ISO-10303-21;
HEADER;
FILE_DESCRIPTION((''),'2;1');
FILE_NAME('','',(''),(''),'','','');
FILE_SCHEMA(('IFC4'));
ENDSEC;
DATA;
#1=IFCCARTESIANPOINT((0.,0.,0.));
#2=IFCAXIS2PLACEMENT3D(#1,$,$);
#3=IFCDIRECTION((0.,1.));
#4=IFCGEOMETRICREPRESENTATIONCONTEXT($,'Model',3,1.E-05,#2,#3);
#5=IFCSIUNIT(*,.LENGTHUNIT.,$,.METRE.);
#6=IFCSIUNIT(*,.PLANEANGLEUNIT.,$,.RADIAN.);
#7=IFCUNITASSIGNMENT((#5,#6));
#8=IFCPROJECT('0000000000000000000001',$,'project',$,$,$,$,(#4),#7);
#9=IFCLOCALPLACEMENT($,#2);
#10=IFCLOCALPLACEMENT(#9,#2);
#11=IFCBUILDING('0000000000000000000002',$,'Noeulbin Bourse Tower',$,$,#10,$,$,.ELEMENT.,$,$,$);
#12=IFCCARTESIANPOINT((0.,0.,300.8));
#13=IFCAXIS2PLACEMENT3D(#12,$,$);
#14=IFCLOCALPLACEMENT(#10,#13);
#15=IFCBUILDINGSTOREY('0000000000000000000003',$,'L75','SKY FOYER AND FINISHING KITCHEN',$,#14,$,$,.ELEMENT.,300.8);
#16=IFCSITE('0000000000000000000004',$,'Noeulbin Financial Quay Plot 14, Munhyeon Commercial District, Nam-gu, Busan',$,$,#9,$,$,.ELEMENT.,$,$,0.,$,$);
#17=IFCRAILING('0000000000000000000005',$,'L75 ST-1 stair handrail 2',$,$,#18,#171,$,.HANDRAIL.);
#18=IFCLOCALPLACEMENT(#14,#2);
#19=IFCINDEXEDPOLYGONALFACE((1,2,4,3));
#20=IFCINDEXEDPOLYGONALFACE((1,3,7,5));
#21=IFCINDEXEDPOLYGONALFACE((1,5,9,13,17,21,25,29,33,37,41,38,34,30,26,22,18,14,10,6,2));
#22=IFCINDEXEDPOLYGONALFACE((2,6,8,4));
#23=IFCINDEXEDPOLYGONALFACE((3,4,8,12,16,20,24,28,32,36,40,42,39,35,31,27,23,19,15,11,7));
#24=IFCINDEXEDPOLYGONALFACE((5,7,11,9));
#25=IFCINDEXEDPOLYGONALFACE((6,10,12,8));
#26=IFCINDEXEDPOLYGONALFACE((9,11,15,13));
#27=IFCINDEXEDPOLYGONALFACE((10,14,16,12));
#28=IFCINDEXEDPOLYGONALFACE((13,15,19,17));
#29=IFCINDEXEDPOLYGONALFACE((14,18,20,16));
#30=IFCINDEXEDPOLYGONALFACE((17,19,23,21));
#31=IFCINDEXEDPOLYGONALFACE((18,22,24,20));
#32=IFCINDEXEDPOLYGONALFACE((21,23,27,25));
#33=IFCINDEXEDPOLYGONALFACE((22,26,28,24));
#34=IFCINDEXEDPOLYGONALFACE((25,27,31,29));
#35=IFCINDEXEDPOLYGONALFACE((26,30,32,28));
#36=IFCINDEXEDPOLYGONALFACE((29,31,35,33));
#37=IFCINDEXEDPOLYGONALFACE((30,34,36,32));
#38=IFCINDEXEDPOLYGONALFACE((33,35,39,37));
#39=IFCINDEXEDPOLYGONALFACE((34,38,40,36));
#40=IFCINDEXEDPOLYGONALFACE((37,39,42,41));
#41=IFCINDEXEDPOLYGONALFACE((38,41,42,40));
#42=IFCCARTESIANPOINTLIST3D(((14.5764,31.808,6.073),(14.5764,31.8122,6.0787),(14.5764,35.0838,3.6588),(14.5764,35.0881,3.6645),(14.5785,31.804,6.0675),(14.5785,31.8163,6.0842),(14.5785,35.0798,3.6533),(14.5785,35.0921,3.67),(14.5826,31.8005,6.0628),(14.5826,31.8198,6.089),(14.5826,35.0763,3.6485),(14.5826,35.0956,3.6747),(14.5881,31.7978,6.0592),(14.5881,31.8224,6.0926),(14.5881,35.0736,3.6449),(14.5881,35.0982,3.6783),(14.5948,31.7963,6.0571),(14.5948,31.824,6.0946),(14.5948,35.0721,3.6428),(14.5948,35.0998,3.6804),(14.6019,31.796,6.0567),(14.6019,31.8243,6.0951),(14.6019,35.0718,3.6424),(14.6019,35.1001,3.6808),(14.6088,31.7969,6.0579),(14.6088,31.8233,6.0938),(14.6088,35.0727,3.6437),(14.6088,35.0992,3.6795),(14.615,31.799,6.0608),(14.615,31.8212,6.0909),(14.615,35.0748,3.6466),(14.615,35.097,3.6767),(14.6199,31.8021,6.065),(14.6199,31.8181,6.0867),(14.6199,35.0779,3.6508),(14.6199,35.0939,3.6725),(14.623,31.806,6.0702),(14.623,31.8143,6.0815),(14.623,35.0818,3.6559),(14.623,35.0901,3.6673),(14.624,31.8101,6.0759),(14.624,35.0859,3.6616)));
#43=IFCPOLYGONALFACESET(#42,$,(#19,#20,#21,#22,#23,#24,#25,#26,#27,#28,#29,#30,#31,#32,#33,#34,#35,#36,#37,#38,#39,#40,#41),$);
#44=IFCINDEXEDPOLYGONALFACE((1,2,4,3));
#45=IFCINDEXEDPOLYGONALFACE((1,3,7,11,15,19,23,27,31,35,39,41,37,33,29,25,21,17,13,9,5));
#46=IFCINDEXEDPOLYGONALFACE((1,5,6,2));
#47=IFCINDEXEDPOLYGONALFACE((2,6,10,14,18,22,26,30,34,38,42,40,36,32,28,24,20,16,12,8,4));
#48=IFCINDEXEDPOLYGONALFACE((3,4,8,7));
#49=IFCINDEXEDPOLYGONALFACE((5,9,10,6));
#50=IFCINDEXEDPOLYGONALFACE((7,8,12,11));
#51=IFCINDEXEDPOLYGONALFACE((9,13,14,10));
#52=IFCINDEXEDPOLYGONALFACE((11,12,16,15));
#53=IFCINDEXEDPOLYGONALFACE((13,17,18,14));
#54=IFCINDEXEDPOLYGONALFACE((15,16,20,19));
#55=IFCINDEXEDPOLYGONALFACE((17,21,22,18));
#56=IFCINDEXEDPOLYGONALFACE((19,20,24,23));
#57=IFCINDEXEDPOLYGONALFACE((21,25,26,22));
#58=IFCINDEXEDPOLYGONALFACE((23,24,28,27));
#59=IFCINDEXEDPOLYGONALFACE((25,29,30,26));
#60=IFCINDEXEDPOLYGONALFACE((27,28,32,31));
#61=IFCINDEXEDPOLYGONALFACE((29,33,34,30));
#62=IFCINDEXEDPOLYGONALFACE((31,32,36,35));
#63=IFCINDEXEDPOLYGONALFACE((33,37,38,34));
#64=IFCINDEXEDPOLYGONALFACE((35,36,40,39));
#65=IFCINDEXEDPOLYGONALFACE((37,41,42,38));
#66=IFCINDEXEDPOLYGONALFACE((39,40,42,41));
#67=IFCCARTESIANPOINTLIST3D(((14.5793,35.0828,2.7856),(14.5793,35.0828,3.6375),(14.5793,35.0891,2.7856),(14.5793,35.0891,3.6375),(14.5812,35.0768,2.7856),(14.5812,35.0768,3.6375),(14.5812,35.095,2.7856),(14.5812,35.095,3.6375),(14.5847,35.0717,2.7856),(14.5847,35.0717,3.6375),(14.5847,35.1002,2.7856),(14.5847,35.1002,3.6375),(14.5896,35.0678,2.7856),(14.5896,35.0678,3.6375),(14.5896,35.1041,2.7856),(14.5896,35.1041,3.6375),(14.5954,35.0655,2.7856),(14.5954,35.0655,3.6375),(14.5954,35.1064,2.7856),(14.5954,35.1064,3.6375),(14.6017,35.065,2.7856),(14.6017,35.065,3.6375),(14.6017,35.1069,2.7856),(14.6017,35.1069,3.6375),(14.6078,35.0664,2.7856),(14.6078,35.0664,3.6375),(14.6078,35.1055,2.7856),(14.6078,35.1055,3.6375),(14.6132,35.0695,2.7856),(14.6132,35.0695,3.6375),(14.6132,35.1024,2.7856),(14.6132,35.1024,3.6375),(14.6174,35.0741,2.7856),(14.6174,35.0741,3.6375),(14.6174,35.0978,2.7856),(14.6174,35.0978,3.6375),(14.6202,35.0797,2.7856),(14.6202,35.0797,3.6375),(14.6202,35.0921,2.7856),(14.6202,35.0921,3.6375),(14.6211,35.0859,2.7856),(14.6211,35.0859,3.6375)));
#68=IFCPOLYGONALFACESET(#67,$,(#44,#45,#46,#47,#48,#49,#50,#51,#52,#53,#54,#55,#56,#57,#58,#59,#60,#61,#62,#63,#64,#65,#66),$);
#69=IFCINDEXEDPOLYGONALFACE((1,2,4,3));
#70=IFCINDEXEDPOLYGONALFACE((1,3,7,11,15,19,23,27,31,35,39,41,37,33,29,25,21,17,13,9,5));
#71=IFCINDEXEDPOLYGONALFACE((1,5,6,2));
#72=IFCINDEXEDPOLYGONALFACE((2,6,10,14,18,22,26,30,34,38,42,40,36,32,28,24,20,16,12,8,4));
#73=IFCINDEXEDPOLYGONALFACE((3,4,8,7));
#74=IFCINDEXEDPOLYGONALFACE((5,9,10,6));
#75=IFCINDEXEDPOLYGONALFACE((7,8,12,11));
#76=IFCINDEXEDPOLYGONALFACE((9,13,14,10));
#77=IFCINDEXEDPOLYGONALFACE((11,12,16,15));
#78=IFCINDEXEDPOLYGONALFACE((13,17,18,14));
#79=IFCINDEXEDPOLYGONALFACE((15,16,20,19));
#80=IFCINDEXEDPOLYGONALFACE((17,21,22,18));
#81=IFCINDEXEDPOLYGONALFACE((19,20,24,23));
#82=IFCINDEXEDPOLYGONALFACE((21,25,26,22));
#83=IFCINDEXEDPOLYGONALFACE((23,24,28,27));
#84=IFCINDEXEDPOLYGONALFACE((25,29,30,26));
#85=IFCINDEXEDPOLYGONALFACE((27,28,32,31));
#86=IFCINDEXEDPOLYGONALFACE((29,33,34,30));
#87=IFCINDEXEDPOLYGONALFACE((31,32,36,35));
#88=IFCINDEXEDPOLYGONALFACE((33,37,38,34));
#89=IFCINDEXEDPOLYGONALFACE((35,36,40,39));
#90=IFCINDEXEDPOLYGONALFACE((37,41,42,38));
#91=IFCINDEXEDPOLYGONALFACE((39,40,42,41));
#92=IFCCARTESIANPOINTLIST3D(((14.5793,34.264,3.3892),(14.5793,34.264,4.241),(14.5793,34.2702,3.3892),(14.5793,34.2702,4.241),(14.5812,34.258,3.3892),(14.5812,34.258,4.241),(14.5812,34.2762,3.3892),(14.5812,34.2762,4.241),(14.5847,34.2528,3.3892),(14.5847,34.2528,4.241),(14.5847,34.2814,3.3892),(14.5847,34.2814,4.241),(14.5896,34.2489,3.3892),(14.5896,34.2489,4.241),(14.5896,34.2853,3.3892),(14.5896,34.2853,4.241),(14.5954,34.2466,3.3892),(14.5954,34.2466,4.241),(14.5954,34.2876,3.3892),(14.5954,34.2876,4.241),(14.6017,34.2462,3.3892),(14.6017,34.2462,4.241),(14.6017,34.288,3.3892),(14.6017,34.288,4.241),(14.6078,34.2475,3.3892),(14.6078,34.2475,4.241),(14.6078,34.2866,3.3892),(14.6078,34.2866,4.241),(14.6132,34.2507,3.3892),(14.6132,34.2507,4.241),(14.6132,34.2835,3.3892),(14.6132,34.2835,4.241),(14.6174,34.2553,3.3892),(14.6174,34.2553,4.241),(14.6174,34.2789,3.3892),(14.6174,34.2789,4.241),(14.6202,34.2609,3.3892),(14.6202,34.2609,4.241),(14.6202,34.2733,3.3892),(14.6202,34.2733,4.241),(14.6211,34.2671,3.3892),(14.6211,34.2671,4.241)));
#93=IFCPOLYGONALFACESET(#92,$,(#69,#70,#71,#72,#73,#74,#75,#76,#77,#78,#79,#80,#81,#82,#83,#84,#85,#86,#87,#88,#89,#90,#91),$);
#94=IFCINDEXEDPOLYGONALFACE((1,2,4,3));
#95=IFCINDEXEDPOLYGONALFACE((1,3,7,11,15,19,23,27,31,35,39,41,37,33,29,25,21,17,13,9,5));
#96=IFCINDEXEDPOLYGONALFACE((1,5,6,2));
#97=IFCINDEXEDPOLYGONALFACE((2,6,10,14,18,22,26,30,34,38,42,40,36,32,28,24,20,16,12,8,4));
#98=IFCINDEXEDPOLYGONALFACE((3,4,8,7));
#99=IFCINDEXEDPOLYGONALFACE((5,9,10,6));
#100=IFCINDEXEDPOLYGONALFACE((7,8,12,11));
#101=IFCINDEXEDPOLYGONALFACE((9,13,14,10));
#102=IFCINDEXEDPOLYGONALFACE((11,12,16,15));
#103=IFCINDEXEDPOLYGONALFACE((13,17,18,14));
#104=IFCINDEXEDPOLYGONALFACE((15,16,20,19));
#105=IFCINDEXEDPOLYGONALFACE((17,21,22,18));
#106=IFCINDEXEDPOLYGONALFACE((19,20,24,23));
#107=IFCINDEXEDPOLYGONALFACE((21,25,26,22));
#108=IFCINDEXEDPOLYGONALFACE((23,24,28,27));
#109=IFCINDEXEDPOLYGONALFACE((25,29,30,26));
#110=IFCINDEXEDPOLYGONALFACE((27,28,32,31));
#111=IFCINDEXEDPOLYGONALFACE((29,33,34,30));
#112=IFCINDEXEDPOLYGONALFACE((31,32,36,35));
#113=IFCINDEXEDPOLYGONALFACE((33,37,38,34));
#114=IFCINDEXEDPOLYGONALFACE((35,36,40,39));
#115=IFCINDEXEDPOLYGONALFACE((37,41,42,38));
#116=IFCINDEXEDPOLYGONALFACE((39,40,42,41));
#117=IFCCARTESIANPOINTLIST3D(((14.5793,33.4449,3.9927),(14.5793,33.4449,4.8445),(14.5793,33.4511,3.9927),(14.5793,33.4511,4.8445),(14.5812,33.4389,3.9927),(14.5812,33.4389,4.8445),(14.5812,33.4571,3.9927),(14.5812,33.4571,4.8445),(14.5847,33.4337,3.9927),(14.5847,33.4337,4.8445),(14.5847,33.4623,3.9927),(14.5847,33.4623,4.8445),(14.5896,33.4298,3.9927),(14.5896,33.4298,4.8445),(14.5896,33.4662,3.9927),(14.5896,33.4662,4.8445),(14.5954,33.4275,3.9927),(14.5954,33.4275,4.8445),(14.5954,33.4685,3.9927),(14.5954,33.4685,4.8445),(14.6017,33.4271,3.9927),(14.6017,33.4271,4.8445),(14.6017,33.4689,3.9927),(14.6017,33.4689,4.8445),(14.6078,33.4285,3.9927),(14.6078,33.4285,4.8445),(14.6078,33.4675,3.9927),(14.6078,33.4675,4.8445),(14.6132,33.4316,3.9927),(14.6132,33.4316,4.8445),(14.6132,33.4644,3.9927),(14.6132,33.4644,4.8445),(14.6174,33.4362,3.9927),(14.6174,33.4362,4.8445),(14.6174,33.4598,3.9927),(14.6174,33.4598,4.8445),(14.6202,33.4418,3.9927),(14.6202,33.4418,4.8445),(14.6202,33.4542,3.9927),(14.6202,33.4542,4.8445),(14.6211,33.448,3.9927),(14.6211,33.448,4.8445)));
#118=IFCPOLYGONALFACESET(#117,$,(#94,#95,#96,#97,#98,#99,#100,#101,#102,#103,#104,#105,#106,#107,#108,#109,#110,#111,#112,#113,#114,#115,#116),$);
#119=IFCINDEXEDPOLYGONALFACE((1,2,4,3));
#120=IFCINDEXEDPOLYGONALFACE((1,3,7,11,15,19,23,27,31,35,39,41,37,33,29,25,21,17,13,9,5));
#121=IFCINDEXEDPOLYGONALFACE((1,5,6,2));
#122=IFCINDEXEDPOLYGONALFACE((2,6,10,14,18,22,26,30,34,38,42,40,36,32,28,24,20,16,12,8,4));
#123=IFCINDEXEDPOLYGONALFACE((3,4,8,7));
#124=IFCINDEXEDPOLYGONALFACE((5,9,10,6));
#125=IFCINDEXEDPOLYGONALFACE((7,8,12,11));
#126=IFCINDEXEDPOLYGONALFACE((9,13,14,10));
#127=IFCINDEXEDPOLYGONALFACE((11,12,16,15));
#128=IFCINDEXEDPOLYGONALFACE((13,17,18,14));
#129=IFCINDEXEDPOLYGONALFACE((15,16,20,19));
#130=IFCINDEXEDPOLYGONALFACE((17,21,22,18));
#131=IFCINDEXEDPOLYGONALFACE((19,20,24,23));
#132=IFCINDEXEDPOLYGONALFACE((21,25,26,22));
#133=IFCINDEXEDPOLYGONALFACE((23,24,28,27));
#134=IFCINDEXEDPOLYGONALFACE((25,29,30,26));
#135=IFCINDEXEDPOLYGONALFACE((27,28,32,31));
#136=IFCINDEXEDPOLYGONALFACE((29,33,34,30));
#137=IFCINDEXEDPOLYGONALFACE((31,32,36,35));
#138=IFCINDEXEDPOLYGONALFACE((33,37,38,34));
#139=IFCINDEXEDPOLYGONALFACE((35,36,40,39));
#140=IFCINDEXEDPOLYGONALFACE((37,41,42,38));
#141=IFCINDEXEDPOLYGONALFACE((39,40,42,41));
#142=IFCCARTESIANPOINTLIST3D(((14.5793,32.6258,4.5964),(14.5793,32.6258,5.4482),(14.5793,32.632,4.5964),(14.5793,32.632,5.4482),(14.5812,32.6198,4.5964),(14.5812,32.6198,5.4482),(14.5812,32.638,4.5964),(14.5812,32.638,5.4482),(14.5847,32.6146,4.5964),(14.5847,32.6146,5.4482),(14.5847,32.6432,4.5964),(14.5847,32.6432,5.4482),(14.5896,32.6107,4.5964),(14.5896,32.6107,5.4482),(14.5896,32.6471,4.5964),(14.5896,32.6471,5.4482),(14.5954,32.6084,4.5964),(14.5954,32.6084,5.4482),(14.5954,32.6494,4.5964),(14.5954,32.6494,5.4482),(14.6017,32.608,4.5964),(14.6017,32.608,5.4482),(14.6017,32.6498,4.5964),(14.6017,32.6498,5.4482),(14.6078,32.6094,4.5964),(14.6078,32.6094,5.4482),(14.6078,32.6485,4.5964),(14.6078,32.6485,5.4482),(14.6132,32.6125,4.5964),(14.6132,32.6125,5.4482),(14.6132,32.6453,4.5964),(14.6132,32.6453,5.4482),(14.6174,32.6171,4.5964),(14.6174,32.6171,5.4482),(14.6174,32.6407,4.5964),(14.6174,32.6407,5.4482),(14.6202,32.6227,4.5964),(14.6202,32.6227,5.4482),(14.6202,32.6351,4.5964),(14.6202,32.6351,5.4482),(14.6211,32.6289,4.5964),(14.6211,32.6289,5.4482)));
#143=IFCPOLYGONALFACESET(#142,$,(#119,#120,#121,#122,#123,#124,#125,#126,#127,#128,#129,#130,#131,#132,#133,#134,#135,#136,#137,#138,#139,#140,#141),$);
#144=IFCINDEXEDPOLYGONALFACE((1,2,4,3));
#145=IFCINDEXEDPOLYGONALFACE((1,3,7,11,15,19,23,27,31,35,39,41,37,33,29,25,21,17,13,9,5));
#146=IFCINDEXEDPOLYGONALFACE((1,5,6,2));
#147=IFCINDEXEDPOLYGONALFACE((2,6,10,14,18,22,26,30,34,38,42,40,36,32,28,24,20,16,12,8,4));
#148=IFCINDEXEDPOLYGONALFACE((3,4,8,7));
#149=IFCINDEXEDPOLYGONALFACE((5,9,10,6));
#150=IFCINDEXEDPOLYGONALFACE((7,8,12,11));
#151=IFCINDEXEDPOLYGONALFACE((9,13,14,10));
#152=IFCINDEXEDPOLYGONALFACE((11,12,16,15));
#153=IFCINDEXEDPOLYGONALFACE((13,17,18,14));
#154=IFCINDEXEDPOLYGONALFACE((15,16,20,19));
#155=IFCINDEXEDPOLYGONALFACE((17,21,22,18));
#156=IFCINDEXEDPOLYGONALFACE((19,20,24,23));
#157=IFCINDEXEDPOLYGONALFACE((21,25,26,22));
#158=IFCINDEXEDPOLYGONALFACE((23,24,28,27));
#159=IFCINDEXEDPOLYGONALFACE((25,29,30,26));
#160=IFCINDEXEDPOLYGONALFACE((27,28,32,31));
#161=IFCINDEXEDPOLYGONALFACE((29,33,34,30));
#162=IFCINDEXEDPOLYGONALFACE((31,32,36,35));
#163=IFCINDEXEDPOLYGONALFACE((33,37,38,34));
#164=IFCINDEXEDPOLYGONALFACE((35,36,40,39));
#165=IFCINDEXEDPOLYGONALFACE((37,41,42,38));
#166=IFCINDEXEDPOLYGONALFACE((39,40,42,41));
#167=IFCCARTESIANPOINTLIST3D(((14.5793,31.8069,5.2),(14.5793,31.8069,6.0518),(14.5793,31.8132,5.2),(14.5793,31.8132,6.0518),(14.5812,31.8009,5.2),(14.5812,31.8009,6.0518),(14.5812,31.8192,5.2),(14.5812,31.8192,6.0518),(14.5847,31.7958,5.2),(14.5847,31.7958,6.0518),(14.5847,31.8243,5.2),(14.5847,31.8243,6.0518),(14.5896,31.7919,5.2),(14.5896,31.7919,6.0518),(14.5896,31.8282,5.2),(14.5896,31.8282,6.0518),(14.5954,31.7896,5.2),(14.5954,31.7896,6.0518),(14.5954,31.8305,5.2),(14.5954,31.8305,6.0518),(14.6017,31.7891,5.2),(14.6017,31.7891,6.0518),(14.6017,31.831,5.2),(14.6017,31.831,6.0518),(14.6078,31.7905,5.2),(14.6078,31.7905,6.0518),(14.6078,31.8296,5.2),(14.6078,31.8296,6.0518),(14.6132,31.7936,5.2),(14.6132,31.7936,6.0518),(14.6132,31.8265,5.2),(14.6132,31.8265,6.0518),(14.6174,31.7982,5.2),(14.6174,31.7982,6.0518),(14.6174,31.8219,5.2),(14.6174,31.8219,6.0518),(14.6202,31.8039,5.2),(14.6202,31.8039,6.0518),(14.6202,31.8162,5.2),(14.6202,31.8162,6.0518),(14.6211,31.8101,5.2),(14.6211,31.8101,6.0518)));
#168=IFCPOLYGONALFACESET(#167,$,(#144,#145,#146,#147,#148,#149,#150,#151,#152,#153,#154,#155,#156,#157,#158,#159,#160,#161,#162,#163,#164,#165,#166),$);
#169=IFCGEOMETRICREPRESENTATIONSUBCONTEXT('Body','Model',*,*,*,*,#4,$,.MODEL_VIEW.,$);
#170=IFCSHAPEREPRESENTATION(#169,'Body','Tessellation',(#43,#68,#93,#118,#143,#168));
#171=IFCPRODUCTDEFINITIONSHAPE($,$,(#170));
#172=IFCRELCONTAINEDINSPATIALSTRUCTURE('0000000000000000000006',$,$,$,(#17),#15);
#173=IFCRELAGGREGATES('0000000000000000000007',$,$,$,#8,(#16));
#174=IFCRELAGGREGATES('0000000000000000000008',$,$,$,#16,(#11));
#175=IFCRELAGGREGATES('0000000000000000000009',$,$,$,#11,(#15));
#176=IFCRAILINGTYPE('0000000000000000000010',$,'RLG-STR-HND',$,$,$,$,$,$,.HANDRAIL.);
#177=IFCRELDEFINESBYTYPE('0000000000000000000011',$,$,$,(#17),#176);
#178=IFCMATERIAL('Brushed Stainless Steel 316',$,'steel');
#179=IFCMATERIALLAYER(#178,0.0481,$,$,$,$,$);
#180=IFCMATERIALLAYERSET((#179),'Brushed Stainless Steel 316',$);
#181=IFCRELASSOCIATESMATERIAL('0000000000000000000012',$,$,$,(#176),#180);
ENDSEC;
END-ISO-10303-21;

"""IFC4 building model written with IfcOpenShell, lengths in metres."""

from ifc_helpers import new_model, si_unit, direction, frame, origin, origin_2d, place, context, subcontext, project, spatial, circle, extrude, material, layer, layer_set, type_object, element, save


model = new_model("IFC4")

# Units and contexts
model_context = context("Model", 3, precision=1e-05, world=origin(), true_north=direction((0.0, 1.0)))
body_context = subcontext(model_context, "Body", "Model", "MODEL_VIEW")
ifc_project = project(units=[si_unit("LENGTHUNIT", "METRE"), si_unit("PLANEANGLEUNIT", "RADIAN")], contexts=[model_context])

# Site, building, storey
site_placement = place(None, origin())
site = spatial("IfcSite", under=ifc_project, at=site_placement, Name="Noeulbin Financial Quay Plot 14, Munhyeon Commercial District, Nam-gu, Busan", CompositionType="ELEMENT", RefElevation=0.0)
building_placement = place(site_placement, origin())
building = spatial("IfcBuilding", under=site, at=building_placement, Name="Noeulbin Bourse Tower", CompositionType="ELEMENT")
storey_placement = place(building_placement, frame((0.0, 0.0, 300.8)))
storey = spatial("IfcBuildingStorey", under=building, at=storey_placement, Name="L75", Description="SKY FOYER AND FINISHING KITCHEN", CompositionType="ELEMENT", Elevation=300.8)

# Shared definitions
ifc_material_1 = material(Name="Brushed Stainless Steel 316", Category="steel")

# Railing
ifc_layer_1 = layer(ifc_material_1, 0.0481)
ifc_layer_set_1 = layer_set([ifc_layer_1], Name="Brushed Stainless Steel 316")
railing_type_1 = type_object("IfcRailingType", Name="RLG-STR-HND", PredefinedType="HANDRAIL", material=ifc_layer_set_1)
railing_1_placement = place(storey_placement, frame((14.6001, 35.0859, 2.7856)))
element("IfcRailing", 1, at=railing_1_placement, inside=storey, type_object=railing_type_1, Name="L75 ST-1 stair handrail 2", PredefinedType="HANDRAIL", context=body_context, shape_type="SweptSolid", body=[
    extrude(circle(Radius=0.0239, at=origin_2d()), frame((0.0, 0.0, 0.876), z_axis=(0.0, -0.804997, 0.593279), x_axis=(1.0, 0.0, 0.0)), (0.0, 0.0, 1.0), 4.0693),
    extrude(circle(Radius=0.021, at=origin_2d()), origin(), (0.0, 0.0, 1.0), 0.8518),
    extrude(circle(Radius=0.021, at=origin_2d()), frame((0.0, -0.8188, 0.6035)), (0.0, 0.0, 1.0), 0.8518),
    extrude(circle(Radius=0.021, at=origin_2d()), frame((0.0, -1.6379, 1.207)), (0.0, 0.0, 1.0), 0.8518),
    extrude(circle(Radius=0.021, at=origin_2d()), frame((0.0, -2.457, 1.8108)), (0.0, 0.0, 1.0), 0.8518),
    extrude(circle(Radius=0.021, at=origin_2d()), frame((0.0, -3.2759, 2.4143)), (0.0, 0.0, 1.0), 0.8518),
])

save(model, "model.ifc")
